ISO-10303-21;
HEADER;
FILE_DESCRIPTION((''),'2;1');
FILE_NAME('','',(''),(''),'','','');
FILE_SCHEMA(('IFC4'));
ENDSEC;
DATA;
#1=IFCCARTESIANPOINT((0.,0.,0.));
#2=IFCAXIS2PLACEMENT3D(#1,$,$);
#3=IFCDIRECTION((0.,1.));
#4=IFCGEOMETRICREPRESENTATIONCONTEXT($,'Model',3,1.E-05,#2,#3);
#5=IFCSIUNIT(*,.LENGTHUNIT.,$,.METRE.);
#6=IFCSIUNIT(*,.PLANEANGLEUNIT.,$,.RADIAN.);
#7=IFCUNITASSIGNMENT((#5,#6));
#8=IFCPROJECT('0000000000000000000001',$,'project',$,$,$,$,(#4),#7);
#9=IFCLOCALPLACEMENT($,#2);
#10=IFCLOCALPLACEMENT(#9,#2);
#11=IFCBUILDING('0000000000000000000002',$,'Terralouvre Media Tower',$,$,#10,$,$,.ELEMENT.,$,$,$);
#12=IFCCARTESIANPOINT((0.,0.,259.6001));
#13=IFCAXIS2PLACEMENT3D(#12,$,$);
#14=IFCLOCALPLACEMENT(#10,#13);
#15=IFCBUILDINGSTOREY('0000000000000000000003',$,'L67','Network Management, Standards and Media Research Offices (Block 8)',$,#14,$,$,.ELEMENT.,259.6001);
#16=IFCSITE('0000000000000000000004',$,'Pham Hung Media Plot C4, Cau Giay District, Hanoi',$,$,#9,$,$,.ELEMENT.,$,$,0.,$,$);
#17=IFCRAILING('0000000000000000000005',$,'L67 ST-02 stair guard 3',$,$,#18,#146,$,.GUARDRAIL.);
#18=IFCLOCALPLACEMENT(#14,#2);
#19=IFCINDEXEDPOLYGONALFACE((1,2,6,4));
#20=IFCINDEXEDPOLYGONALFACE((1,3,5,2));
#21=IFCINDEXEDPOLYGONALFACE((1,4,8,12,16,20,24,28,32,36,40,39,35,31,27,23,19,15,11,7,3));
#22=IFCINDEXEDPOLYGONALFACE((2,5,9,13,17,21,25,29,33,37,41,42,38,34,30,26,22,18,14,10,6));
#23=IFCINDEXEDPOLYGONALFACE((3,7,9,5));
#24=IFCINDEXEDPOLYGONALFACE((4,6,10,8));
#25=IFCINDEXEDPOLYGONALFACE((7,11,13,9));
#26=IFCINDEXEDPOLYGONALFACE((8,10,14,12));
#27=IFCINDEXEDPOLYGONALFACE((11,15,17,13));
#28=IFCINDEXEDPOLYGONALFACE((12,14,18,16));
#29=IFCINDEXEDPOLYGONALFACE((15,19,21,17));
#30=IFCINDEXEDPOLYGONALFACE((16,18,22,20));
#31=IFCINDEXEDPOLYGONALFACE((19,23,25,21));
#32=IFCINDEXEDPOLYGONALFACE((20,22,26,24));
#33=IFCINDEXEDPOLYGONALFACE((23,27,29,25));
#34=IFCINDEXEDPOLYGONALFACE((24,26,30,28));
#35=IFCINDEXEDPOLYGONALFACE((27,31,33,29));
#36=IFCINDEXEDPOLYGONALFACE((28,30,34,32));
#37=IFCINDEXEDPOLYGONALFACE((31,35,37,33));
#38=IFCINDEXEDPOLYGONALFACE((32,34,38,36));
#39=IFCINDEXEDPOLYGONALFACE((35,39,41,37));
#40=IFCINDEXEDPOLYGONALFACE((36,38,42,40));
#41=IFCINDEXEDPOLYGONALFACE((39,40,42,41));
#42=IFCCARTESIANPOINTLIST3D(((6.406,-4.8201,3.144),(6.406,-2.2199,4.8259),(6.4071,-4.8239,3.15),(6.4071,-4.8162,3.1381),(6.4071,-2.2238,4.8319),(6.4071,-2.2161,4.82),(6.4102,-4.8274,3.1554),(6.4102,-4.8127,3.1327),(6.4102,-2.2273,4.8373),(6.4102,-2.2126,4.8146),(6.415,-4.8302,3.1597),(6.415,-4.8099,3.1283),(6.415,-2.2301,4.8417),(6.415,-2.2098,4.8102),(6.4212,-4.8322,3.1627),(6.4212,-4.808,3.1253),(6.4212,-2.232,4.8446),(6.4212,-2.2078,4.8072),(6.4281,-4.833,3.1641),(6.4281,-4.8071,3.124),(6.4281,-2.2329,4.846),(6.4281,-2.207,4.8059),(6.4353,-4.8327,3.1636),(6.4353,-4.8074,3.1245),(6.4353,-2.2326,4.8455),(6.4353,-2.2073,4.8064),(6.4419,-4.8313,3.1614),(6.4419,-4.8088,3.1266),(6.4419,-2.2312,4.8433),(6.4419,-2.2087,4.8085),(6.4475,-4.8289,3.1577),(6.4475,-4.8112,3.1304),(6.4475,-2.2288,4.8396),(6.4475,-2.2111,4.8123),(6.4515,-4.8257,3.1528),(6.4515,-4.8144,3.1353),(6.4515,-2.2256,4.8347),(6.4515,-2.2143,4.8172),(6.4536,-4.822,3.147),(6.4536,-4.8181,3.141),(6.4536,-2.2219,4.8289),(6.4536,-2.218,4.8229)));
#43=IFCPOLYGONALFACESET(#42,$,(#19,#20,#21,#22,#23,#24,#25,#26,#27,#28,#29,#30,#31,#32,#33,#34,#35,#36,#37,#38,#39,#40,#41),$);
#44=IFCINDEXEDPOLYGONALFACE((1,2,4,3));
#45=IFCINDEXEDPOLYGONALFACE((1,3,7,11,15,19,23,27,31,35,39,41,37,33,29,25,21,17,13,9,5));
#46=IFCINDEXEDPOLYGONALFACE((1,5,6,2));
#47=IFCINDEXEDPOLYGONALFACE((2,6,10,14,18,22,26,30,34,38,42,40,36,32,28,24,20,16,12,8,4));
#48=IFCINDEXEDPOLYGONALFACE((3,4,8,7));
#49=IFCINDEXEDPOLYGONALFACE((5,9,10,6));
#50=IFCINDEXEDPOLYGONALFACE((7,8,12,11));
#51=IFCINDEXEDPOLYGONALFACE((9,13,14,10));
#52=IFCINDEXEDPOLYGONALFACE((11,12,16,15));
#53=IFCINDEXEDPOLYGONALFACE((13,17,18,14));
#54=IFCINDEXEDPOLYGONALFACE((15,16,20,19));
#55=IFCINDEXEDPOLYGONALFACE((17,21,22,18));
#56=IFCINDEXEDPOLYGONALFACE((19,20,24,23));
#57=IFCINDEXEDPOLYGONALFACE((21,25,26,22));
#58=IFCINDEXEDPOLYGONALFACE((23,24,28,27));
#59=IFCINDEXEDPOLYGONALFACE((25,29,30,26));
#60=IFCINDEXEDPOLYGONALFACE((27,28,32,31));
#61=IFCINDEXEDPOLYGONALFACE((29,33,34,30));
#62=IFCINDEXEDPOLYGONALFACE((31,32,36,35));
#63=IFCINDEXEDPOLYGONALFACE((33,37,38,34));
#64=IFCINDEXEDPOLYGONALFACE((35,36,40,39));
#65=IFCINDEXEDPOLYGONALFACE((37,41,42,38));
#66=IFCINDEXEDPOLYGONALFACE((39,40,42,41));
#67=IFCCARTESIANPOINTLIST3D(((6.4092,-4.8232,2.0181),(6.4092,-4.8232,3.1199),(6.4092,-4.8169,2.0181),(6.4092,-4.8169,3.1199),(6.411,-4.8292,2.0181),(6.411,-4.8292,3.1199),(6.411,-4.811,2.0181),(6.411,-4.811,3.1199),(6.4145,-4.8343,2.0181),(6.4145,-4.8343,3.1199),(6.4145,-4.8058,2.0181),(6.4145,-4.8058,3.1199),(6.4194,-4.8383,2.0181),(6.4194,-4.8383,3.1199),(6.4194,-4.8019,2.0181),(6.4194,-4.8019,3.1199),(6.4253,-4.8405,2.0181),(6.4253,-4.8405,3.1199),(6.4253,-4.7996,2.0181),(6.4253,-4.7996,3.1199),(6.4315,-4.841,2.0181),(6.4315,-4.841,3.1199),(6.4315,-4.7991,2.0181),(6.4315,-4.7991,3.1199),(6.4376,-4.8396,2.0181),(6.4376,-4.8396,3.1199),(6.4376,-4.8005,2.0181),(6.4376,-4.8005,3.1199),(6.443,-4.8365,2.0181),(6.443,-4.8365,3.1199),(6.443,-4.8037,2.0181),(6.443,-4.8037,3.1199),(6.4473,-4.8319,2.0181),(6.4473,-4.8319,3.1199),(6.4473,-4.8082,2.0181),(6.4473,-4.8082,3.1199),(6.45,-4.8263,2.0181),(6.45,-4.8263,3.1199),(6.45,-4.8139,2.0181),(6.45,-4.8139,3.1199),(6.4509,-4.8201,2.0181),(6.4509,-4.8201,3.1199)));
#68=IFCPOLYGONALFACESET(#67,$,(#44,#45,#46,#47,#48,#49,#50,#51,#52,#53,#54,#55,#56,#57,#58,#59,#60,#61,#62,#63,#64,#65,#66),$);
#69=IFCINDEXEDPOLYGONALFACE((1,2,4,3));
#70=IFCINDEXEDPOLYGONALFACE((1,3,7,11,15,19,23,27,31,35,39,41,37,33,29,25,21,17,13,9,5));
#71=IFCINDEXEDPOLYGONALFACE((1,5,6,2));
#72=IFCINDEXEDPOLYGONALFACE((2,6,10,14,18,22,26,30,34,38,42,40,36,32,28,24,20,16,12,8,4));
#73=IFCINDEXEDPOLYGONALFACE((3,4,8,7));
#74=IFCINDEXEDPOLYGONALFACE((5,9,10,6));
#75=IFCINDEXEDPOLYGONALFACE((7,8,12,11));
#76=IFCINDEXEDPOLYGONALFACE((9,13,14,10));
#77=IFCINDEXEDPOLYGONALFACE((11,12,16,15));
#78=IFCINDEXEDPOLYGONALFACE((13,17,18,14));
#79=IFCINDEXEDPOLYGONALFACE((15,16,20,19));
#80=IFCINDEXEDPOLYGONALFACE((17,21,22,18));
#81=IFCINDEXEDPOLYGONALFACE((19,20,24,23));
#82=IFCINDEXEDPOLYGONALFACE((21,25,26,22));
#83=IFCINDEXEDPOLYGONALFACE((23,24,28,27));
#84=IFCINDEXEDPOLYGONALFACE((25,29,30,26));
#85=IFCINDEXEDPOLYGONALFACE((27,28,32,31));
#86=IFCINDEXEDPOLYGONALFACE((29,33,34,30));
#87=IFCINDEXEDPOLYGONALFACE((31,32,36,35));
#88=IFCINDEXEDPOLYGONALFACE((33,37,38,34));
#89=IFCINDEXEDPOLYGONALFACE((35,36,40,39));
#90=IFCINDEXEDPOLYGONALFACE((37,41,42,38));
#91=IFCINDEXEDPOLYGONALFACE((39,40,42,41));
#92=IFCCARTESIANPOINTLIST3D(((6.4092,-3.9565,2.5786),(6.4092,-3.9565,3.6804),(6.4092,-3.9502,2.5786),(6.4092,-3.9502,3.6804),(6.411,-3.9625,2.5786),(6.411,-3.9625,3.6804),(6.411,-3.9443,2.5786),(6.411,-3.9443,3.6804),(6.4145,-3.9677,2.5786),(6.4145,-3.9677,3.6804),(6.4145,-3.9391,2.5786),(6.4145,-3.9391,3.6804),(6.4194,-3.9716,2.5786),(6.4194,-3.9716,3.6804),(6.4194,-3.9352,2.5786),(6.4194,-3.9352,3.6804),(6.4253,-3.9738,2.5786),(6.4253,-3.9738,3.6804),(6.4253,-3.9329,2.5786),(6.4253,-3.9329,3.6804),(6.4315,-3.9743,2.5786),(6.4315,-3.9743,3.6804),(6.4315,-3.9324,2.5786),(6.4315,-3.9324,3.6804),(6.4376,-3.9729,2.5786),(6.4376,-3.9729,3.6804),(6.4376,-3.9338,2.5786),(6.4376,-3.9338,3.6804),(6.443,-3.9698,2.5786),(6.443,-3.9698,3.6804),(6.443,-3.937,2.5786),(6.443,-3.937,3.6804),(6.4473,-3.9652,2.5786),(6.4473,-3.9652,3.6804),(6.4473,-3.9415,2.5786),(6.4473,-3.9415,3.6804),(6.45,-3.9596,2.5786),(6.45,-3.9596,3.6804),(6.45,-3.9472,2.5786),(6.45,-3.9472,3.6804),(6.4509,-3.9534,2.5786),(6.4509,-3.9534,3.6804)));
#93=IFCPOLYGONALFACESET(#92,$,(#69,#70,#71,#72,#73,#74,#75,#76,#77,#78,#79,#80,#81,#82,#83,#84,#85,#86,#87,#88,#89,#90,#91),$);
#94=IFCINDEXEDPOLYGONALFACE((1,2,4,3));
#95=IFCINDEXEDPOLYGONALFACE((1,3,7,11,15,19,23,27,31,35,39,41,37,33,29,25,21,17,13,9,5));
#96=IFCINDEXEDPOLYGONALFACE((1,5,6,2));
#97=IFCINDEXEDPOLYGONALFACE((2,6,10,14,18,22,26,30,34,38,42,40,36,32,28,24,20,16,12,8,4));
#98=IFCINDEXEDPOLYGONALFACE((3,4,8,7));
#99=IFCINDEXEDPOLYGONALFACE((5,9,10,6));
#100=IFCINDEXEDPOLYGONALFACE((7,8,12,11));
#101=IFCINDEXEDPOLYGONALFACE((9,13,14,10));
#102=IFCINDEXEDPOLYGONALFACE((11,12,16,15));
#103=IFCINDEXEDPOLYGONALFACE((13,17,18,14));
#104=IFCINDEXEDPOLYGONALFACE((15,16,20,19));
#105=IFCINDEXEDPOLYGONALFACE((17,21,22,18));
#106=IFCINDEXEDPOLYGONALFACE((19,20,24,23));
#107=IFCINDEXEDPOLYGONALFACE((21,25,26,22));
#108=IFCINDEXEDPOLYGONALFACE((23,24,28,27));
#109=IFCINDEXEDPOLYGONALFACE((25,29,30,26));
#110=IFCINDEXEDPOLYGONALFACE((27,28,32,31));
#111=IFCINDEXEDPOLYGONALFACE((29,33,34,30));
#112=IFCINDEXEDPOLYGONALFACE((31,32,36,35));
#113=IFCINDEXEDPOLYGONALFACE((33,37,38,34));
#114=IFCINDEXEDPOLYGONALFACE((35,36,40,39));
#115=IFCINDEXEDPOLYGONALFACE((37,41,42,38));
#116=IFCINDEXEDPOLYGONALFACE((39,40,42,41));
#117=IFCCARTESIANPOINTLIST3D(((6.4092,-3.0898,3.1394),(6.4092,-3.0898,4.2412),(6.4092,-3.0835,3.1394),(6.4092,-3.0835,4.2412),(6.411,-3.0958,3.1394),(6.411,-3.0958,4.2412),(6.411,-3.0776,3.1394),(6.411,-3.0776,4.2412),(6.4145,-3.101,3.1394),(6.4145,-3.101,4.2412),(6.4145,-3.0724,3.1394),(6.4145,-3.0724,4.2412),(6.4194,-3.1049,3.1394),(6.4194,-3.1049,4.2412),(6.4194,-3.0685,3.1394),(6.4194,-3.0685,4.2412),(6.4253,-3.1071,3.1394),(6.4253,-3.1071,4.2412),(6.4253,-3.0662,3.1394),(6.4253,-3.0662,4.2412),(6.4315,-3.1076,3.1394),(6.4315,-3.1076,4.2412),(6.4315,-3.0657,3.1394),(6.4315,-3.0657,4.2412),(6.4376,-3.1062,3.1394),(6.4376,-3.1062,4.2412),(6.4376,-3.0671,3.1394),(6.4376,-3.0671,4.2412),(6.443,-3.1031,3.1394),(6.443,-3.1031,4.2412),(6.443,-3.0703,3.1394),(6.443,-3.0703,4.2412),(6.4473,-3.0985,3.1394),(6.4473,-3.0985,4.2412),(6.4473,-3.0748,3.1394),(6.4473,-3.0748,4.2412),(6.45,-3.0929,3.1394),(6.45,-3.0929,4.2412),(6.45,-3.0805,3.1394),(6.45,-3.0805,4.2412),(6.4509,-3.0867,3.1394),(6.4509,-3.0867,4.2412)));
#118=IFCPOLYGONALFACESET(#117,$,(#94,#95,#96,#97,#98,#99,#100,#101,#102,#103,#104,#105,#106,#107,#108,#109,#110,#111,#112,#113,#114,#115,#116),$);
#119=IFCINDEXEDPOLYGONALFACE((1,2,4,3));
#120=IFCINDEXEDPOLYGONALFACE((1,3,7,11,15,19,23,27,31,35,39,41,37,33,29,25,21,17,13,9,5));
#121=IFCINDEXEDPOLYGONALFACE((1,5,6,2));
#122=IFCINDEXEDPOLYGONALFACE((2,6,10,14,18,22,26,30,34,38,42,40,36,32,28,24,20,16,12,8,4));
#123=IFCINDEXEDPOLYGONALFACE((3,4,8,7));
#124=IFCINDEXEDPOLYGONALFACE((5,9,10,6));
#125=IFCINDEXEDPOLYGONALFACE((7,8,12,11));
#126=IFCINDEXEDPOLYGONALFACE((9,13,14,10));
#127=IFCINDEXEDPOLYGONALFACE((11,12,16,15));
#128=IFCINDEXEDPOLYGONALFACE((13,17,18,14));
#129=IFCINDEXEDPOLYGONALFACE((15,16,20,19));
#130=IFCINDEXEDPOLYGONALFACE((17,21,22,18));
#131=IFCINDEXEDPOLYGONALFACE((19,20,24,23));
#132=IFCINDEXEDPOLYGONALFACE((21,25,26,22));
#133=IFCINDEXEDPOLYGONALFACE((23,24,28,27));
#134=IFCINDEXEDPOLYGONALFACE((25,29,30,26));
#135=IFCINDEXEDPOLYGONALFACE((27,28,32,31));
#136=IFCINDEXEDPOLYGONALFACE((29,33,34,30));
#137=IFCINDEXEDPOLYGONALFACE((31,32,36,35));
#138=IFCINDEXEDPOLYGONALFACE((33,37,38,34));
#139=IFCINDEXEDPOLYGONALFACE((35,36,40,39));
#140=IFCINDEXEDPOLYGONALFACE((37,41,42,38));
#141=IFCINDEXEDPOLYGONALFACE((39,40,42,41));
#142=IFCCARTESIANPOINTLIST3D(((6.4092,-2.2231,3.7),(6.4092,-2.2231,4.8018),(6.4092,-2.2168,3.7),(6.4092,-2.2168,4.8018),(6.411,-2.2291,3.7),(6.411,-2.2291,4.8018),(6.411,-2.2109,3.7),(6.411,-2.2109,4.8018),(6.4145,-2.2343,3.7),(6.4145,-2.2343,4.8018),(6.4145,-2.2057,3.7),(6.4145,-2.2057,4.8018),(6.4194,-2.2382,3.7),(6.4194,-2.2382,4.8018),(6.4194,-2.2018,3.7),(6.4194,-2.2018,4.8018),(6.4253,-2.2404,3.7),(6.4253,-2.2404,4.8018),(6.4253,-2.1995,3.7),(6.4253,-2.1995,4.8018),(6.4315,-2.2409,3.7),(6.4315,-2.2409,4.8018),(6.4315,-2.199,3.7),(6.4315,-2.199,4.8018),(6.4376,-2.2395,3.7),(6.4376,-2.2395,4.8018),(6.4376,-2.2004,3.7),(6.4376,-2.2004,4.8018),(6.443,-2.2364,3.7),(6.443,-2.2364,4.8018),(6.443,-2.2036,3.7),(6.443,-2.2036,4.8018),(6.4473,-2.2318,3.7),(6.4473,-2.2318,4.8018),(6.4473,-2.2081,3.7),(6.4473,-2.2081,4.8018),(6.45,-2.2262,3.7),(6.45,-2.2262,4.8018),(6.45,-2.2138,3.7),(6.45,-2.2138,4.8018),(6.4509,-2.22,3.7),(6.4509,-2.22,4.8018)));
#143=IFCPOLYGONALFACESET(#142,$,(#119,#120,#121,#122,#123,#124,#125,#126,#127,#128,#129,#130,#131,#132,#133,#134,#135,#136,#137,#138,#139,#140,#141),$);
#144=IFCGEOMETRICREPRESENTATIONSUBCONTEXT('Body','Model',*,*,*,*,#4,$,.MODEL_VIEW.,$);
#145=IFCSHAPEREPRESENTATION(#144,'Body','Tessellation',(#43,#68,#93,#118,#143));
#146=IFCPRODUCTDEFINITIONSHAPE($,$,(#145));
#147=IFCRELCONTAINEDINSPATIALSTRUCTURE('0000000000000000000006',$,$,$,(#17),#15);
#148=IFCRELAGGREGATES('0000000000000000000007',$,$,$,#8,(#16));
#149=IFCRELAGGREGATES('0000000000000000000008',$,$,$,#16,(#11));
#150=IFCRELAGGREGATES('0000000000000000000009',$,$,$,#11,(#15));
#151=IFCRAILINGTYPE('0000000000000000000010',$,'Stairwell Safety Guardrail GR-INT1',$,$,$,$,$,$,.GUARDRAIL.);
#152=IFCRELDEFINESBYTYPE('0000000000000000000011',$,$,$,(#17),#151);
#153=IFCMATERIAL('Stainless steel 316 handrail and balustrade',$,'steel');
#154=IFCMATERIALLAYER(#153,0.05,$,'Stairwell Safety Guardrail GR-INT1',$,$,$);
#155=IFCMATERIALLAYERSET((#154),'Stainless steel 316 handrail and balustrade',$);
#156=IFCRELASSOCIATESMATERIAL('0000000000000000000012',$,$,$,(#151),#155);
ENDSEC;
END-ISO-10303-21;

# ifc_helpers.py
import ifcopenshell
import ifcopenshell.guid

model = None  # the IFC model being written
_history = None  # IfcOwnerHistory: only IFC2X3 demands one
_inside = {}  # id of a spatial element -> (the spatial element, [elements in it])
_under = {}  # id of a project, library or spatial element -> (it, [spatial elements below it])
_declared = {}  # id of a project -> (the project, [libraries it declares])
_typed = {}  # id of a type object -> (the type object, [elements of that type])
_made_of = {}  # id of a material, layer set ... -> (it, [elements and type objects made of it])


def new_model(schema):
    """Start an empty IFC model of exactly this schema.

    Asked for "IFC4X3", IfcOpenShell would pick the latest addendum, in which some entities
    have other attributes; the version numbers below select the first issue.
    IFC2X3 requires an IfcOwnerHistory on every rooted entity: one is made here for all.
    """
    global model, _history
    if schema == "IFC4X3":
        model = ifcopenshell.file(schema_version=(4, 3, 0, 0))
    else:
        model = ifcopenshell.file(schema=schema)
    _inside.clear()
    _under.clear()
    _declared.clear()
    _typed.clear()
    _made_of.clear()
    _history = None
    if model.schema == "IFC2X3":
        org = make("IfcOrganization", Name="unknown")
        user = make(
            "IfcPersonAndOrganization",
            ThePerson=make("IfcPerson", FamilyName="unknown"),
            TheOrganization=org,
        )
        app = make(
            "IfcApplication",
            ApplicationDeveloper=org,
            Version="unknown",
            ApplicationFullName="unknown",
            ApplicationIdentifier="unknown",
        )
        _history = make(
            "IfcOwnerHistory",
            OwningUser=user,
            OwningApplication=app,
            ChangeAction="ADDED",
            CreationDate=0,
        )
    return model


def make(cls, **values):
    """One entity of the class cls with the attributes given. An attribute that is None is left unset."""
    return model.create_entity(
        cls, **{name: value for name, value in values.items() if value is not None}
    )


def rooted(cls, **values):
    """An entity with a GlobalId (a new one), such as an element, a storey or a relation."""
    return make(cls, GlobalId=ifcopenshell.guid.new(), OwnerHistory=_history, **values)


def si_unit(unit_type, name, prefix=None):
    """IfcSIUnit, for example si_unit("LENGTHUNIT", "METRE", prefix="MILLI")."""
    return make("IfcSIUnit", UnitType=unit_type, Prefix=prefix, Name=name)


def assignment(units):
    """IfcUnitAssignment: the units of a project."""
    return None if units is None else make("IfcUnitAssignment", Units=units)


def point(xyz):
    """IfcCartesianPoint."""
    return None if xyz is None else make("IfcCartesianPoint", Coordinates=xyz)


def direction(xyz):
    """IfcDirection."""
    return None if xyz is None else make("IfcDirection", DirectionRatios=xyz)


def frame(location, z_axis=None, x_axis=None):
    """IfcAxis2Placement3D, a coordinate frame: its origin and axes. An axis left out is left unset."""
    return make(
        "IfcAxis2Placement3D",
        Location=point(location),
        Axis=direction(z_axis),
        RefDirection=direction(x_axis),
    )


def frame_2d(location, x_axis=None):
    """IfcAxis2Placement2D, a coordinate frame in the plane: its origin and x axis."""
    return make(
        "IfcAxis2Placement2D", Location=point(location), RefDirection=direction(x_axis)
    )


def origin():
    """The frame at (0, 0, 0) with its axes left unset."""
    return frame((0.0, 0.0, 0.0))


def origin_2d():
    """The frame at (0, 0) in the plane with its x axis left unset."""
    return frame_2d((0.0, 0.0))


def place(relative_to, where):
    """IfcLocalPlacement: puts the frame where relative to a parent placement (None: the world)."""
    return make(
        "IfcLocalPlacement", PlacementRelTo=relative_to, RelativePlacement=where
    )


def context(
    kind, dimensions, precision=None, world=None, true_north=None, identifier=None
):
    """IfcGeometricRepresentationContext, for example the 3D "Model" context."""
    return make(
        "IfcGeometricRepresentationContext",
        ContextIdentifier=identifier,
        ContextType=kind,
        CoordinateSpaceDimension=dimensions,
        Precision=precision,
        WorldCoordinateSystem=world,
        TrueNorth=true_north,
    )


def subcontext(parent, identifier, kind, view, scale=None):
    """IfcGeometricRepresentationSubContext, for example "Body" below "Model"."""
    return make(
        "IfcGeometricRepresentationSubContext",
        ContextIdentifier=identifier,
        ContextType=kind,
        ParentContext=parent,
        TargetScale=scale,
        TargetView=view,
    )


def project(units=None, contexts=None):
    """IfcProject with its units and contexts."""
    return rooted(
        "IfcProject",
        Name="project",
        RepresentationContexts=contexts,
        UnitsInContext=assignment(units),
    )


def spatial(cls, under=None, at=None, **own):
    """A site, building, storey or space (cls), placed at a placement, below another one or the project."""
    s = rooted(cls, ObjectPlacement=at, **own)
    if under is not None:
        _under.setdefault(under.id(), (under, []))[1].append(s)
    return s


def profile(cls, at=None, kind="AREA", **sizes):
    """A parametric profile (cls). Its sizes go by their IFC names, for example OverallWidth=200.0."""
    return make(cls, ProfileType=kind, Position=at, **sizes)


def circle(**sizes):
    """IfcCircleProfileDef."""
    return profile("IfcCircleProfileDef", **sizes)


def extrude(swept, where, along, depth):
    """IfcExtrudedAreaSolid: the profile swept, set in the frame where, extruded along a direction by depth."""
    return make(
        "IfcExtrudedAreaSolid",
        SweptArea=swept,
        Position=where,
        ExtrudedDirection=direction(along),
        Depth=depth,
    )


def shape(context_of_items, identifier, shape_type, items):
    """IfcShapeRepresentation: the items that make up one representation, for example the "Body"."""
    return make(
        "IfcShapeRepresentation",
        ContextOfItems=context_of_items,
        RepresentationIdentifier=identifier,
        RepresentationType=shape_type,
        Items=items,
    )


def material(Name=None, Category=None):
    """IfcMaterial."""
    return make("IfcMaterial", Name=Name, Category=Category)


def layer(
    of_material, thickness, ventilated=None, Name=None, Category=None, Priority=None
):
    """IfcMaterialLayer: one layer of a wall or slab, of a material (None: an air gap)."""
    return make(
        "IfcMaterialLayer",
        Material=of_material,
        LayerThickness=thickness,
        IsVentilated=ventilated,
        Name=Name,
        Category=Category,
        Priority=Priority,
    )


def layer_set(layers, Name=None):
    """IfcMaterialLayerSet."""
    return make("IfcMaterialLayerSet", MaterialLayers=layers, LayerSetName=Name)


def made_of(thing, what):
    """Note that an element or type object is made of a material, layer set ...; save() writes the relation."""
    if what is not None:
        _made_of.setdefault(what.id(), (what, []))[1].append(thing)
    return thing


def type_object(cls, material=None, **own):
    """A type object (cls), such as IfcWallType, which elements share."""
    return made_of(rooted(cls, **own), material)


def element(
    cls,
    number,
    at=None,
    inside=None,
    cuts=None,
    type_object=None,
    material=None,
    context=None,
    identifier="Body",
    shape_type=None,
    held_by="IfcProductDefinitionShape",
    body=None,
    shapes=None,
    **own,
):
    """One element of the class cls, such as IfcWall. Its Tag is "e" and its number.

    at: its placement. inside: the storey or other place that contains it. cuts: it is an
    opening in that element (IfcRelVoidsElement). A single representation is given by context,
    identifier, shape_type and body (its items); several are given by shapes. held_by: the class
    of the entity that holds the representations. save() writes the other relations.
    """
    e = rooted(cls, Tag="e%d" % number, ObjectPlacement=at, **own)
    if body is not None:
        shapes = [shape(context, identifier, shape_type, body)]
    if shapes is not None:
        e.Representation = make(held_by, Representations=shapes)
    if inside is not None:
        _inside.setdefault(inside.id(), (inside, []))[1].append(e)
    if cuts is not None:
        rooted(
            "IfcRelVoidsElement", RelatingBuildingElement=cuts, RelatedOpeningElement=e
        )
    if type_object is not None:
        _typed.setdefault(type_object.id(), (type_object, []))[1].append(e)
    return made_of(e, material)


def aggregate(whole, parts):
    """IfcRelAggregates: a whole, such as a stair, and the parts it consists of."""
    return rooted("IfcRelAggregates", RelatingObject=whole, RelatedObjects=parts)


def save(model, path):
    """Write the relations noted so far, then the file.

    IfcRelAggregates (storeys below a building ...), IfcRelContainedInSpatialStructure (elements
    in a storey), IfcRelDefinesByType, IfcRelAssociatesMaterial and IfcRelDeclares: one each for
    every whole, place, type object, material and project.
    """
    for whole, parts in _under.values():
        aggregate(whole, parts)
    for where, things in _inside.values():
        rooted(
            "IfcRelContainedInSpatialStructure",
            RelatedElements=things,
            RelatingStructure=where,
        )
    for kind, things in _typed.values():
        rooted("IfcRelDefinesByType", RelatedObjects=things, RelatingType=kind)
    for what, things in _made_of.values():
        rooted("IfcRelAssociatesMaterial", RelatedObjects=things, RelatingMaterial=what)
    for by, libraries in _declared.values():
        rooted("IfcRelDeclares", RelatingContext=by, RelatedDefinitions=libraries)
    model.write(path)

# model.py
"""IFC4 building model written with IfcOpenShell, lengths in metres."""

from ifc_helpers import new_model, si_unit, direction, frame, origin, origin_2d, place, context, subcontext, project, spatial, circle, extrude, material, layer, layer_set, type_object, element, save


model = new_model("IFC4")

# Units and contexts
model_context = context("Model", 3, precision=1e-05, world=origin(), true_north=direction((0.0, 1.0)))
body_context = subcontext(model_context, "Body", "Model", "MODEL_VIEW")
ifc_project = project(units=[si_unit("LENGTHUNIT", "METRE"), si_unit("PLANEANGLEUNIT", "RADIAN")], contexts=[model_context])

# Site, building, storey
site_placement = place(None, origin())
site = spatial("IfcSite", under=ifc_project, at=site_placement, Name="Pham Hung Media Plot C4, Cau Giay District, Hanoi", CompositionType="ELEMENT", RefElevation=0.0)
building_placement = place(site_placement, origin())
building = spatial("IfcBuilding", under=site, at=building_placement, Name="Terralouvre Media Tower", CompositionType="ELEMENT")
storey_placement = place(building_placement, frame((0.0, 0.0, 259.6001)))
storey = spatial("IfcBuildingStorey", under=building, at=storey_placement, Name="L67", Description="Network Management, Standards and Media Research Offices (Block 8)", CompositionType="ELEMENT", Elevation=259.6001)

# Railing
ifc_material_1 = material(Name="Stainless steel 316 handrail and balustrade", Category="steel")
ifc_layer_1 = layer(ifc_material_1, 0.05, Name="Stairwell Safety Guardrail GR-INT1")
ifc_layer_set_1 = layer_set([ifc_layer_1], Name="Stainless steel 316 handrail and balustrade")
railing_type_1 = type_object("IfcRailingType", Name="Stairwell Safety Guardrail GR-INT1", PredefinedType="GUARDRAIL", material=ifc_layer_set_1)
railing_1_placement = place(storey_placement, frame((6.4299, -4.8201, 2.0181)))
element("IfcRailing", 1, at=railing_1_placement, inside=storey, type_object=railing_type_1, Name="L67 ST-02 stair guard 3", PredefinedType="GUARDRAIL", context=body_context, shape_type="SweptSolid", body=[
    extrude(circle(Radius=0.0239, at=origin_2d()), frame((0.0, 0.0, 1.126), z_axis=(0.0, 0.839648, 0.54313), x_axis=(-1.0, 0.0, 0.0)), (0.0, 0.0, 1.0), 3.0967),
    extrude(circle(Radius=0.021, at=origin_2d()), origin(), (0.0, 0.0, 1.0), 1.1018),
    extrude(circle(Radius=0.021, at=origin_2d()), frame((0.0, 0.8667, 0.5605)), (0.0, 0.0, 1.0), 1.1018),
    extrude(circle(Radius=0.021, at=origin_2d()), frame((0.0, 1.7334, 1.1213)), (0.0, 0.0, 1.0), 1.1018),
    extrude(circle(Radius=0.021, at=origin_2d()), frame((0.0, 2.6001, 1.6819)), (0.0, 0.0, 1.0), 1.1018),
])

save(model, "model.ifc")
